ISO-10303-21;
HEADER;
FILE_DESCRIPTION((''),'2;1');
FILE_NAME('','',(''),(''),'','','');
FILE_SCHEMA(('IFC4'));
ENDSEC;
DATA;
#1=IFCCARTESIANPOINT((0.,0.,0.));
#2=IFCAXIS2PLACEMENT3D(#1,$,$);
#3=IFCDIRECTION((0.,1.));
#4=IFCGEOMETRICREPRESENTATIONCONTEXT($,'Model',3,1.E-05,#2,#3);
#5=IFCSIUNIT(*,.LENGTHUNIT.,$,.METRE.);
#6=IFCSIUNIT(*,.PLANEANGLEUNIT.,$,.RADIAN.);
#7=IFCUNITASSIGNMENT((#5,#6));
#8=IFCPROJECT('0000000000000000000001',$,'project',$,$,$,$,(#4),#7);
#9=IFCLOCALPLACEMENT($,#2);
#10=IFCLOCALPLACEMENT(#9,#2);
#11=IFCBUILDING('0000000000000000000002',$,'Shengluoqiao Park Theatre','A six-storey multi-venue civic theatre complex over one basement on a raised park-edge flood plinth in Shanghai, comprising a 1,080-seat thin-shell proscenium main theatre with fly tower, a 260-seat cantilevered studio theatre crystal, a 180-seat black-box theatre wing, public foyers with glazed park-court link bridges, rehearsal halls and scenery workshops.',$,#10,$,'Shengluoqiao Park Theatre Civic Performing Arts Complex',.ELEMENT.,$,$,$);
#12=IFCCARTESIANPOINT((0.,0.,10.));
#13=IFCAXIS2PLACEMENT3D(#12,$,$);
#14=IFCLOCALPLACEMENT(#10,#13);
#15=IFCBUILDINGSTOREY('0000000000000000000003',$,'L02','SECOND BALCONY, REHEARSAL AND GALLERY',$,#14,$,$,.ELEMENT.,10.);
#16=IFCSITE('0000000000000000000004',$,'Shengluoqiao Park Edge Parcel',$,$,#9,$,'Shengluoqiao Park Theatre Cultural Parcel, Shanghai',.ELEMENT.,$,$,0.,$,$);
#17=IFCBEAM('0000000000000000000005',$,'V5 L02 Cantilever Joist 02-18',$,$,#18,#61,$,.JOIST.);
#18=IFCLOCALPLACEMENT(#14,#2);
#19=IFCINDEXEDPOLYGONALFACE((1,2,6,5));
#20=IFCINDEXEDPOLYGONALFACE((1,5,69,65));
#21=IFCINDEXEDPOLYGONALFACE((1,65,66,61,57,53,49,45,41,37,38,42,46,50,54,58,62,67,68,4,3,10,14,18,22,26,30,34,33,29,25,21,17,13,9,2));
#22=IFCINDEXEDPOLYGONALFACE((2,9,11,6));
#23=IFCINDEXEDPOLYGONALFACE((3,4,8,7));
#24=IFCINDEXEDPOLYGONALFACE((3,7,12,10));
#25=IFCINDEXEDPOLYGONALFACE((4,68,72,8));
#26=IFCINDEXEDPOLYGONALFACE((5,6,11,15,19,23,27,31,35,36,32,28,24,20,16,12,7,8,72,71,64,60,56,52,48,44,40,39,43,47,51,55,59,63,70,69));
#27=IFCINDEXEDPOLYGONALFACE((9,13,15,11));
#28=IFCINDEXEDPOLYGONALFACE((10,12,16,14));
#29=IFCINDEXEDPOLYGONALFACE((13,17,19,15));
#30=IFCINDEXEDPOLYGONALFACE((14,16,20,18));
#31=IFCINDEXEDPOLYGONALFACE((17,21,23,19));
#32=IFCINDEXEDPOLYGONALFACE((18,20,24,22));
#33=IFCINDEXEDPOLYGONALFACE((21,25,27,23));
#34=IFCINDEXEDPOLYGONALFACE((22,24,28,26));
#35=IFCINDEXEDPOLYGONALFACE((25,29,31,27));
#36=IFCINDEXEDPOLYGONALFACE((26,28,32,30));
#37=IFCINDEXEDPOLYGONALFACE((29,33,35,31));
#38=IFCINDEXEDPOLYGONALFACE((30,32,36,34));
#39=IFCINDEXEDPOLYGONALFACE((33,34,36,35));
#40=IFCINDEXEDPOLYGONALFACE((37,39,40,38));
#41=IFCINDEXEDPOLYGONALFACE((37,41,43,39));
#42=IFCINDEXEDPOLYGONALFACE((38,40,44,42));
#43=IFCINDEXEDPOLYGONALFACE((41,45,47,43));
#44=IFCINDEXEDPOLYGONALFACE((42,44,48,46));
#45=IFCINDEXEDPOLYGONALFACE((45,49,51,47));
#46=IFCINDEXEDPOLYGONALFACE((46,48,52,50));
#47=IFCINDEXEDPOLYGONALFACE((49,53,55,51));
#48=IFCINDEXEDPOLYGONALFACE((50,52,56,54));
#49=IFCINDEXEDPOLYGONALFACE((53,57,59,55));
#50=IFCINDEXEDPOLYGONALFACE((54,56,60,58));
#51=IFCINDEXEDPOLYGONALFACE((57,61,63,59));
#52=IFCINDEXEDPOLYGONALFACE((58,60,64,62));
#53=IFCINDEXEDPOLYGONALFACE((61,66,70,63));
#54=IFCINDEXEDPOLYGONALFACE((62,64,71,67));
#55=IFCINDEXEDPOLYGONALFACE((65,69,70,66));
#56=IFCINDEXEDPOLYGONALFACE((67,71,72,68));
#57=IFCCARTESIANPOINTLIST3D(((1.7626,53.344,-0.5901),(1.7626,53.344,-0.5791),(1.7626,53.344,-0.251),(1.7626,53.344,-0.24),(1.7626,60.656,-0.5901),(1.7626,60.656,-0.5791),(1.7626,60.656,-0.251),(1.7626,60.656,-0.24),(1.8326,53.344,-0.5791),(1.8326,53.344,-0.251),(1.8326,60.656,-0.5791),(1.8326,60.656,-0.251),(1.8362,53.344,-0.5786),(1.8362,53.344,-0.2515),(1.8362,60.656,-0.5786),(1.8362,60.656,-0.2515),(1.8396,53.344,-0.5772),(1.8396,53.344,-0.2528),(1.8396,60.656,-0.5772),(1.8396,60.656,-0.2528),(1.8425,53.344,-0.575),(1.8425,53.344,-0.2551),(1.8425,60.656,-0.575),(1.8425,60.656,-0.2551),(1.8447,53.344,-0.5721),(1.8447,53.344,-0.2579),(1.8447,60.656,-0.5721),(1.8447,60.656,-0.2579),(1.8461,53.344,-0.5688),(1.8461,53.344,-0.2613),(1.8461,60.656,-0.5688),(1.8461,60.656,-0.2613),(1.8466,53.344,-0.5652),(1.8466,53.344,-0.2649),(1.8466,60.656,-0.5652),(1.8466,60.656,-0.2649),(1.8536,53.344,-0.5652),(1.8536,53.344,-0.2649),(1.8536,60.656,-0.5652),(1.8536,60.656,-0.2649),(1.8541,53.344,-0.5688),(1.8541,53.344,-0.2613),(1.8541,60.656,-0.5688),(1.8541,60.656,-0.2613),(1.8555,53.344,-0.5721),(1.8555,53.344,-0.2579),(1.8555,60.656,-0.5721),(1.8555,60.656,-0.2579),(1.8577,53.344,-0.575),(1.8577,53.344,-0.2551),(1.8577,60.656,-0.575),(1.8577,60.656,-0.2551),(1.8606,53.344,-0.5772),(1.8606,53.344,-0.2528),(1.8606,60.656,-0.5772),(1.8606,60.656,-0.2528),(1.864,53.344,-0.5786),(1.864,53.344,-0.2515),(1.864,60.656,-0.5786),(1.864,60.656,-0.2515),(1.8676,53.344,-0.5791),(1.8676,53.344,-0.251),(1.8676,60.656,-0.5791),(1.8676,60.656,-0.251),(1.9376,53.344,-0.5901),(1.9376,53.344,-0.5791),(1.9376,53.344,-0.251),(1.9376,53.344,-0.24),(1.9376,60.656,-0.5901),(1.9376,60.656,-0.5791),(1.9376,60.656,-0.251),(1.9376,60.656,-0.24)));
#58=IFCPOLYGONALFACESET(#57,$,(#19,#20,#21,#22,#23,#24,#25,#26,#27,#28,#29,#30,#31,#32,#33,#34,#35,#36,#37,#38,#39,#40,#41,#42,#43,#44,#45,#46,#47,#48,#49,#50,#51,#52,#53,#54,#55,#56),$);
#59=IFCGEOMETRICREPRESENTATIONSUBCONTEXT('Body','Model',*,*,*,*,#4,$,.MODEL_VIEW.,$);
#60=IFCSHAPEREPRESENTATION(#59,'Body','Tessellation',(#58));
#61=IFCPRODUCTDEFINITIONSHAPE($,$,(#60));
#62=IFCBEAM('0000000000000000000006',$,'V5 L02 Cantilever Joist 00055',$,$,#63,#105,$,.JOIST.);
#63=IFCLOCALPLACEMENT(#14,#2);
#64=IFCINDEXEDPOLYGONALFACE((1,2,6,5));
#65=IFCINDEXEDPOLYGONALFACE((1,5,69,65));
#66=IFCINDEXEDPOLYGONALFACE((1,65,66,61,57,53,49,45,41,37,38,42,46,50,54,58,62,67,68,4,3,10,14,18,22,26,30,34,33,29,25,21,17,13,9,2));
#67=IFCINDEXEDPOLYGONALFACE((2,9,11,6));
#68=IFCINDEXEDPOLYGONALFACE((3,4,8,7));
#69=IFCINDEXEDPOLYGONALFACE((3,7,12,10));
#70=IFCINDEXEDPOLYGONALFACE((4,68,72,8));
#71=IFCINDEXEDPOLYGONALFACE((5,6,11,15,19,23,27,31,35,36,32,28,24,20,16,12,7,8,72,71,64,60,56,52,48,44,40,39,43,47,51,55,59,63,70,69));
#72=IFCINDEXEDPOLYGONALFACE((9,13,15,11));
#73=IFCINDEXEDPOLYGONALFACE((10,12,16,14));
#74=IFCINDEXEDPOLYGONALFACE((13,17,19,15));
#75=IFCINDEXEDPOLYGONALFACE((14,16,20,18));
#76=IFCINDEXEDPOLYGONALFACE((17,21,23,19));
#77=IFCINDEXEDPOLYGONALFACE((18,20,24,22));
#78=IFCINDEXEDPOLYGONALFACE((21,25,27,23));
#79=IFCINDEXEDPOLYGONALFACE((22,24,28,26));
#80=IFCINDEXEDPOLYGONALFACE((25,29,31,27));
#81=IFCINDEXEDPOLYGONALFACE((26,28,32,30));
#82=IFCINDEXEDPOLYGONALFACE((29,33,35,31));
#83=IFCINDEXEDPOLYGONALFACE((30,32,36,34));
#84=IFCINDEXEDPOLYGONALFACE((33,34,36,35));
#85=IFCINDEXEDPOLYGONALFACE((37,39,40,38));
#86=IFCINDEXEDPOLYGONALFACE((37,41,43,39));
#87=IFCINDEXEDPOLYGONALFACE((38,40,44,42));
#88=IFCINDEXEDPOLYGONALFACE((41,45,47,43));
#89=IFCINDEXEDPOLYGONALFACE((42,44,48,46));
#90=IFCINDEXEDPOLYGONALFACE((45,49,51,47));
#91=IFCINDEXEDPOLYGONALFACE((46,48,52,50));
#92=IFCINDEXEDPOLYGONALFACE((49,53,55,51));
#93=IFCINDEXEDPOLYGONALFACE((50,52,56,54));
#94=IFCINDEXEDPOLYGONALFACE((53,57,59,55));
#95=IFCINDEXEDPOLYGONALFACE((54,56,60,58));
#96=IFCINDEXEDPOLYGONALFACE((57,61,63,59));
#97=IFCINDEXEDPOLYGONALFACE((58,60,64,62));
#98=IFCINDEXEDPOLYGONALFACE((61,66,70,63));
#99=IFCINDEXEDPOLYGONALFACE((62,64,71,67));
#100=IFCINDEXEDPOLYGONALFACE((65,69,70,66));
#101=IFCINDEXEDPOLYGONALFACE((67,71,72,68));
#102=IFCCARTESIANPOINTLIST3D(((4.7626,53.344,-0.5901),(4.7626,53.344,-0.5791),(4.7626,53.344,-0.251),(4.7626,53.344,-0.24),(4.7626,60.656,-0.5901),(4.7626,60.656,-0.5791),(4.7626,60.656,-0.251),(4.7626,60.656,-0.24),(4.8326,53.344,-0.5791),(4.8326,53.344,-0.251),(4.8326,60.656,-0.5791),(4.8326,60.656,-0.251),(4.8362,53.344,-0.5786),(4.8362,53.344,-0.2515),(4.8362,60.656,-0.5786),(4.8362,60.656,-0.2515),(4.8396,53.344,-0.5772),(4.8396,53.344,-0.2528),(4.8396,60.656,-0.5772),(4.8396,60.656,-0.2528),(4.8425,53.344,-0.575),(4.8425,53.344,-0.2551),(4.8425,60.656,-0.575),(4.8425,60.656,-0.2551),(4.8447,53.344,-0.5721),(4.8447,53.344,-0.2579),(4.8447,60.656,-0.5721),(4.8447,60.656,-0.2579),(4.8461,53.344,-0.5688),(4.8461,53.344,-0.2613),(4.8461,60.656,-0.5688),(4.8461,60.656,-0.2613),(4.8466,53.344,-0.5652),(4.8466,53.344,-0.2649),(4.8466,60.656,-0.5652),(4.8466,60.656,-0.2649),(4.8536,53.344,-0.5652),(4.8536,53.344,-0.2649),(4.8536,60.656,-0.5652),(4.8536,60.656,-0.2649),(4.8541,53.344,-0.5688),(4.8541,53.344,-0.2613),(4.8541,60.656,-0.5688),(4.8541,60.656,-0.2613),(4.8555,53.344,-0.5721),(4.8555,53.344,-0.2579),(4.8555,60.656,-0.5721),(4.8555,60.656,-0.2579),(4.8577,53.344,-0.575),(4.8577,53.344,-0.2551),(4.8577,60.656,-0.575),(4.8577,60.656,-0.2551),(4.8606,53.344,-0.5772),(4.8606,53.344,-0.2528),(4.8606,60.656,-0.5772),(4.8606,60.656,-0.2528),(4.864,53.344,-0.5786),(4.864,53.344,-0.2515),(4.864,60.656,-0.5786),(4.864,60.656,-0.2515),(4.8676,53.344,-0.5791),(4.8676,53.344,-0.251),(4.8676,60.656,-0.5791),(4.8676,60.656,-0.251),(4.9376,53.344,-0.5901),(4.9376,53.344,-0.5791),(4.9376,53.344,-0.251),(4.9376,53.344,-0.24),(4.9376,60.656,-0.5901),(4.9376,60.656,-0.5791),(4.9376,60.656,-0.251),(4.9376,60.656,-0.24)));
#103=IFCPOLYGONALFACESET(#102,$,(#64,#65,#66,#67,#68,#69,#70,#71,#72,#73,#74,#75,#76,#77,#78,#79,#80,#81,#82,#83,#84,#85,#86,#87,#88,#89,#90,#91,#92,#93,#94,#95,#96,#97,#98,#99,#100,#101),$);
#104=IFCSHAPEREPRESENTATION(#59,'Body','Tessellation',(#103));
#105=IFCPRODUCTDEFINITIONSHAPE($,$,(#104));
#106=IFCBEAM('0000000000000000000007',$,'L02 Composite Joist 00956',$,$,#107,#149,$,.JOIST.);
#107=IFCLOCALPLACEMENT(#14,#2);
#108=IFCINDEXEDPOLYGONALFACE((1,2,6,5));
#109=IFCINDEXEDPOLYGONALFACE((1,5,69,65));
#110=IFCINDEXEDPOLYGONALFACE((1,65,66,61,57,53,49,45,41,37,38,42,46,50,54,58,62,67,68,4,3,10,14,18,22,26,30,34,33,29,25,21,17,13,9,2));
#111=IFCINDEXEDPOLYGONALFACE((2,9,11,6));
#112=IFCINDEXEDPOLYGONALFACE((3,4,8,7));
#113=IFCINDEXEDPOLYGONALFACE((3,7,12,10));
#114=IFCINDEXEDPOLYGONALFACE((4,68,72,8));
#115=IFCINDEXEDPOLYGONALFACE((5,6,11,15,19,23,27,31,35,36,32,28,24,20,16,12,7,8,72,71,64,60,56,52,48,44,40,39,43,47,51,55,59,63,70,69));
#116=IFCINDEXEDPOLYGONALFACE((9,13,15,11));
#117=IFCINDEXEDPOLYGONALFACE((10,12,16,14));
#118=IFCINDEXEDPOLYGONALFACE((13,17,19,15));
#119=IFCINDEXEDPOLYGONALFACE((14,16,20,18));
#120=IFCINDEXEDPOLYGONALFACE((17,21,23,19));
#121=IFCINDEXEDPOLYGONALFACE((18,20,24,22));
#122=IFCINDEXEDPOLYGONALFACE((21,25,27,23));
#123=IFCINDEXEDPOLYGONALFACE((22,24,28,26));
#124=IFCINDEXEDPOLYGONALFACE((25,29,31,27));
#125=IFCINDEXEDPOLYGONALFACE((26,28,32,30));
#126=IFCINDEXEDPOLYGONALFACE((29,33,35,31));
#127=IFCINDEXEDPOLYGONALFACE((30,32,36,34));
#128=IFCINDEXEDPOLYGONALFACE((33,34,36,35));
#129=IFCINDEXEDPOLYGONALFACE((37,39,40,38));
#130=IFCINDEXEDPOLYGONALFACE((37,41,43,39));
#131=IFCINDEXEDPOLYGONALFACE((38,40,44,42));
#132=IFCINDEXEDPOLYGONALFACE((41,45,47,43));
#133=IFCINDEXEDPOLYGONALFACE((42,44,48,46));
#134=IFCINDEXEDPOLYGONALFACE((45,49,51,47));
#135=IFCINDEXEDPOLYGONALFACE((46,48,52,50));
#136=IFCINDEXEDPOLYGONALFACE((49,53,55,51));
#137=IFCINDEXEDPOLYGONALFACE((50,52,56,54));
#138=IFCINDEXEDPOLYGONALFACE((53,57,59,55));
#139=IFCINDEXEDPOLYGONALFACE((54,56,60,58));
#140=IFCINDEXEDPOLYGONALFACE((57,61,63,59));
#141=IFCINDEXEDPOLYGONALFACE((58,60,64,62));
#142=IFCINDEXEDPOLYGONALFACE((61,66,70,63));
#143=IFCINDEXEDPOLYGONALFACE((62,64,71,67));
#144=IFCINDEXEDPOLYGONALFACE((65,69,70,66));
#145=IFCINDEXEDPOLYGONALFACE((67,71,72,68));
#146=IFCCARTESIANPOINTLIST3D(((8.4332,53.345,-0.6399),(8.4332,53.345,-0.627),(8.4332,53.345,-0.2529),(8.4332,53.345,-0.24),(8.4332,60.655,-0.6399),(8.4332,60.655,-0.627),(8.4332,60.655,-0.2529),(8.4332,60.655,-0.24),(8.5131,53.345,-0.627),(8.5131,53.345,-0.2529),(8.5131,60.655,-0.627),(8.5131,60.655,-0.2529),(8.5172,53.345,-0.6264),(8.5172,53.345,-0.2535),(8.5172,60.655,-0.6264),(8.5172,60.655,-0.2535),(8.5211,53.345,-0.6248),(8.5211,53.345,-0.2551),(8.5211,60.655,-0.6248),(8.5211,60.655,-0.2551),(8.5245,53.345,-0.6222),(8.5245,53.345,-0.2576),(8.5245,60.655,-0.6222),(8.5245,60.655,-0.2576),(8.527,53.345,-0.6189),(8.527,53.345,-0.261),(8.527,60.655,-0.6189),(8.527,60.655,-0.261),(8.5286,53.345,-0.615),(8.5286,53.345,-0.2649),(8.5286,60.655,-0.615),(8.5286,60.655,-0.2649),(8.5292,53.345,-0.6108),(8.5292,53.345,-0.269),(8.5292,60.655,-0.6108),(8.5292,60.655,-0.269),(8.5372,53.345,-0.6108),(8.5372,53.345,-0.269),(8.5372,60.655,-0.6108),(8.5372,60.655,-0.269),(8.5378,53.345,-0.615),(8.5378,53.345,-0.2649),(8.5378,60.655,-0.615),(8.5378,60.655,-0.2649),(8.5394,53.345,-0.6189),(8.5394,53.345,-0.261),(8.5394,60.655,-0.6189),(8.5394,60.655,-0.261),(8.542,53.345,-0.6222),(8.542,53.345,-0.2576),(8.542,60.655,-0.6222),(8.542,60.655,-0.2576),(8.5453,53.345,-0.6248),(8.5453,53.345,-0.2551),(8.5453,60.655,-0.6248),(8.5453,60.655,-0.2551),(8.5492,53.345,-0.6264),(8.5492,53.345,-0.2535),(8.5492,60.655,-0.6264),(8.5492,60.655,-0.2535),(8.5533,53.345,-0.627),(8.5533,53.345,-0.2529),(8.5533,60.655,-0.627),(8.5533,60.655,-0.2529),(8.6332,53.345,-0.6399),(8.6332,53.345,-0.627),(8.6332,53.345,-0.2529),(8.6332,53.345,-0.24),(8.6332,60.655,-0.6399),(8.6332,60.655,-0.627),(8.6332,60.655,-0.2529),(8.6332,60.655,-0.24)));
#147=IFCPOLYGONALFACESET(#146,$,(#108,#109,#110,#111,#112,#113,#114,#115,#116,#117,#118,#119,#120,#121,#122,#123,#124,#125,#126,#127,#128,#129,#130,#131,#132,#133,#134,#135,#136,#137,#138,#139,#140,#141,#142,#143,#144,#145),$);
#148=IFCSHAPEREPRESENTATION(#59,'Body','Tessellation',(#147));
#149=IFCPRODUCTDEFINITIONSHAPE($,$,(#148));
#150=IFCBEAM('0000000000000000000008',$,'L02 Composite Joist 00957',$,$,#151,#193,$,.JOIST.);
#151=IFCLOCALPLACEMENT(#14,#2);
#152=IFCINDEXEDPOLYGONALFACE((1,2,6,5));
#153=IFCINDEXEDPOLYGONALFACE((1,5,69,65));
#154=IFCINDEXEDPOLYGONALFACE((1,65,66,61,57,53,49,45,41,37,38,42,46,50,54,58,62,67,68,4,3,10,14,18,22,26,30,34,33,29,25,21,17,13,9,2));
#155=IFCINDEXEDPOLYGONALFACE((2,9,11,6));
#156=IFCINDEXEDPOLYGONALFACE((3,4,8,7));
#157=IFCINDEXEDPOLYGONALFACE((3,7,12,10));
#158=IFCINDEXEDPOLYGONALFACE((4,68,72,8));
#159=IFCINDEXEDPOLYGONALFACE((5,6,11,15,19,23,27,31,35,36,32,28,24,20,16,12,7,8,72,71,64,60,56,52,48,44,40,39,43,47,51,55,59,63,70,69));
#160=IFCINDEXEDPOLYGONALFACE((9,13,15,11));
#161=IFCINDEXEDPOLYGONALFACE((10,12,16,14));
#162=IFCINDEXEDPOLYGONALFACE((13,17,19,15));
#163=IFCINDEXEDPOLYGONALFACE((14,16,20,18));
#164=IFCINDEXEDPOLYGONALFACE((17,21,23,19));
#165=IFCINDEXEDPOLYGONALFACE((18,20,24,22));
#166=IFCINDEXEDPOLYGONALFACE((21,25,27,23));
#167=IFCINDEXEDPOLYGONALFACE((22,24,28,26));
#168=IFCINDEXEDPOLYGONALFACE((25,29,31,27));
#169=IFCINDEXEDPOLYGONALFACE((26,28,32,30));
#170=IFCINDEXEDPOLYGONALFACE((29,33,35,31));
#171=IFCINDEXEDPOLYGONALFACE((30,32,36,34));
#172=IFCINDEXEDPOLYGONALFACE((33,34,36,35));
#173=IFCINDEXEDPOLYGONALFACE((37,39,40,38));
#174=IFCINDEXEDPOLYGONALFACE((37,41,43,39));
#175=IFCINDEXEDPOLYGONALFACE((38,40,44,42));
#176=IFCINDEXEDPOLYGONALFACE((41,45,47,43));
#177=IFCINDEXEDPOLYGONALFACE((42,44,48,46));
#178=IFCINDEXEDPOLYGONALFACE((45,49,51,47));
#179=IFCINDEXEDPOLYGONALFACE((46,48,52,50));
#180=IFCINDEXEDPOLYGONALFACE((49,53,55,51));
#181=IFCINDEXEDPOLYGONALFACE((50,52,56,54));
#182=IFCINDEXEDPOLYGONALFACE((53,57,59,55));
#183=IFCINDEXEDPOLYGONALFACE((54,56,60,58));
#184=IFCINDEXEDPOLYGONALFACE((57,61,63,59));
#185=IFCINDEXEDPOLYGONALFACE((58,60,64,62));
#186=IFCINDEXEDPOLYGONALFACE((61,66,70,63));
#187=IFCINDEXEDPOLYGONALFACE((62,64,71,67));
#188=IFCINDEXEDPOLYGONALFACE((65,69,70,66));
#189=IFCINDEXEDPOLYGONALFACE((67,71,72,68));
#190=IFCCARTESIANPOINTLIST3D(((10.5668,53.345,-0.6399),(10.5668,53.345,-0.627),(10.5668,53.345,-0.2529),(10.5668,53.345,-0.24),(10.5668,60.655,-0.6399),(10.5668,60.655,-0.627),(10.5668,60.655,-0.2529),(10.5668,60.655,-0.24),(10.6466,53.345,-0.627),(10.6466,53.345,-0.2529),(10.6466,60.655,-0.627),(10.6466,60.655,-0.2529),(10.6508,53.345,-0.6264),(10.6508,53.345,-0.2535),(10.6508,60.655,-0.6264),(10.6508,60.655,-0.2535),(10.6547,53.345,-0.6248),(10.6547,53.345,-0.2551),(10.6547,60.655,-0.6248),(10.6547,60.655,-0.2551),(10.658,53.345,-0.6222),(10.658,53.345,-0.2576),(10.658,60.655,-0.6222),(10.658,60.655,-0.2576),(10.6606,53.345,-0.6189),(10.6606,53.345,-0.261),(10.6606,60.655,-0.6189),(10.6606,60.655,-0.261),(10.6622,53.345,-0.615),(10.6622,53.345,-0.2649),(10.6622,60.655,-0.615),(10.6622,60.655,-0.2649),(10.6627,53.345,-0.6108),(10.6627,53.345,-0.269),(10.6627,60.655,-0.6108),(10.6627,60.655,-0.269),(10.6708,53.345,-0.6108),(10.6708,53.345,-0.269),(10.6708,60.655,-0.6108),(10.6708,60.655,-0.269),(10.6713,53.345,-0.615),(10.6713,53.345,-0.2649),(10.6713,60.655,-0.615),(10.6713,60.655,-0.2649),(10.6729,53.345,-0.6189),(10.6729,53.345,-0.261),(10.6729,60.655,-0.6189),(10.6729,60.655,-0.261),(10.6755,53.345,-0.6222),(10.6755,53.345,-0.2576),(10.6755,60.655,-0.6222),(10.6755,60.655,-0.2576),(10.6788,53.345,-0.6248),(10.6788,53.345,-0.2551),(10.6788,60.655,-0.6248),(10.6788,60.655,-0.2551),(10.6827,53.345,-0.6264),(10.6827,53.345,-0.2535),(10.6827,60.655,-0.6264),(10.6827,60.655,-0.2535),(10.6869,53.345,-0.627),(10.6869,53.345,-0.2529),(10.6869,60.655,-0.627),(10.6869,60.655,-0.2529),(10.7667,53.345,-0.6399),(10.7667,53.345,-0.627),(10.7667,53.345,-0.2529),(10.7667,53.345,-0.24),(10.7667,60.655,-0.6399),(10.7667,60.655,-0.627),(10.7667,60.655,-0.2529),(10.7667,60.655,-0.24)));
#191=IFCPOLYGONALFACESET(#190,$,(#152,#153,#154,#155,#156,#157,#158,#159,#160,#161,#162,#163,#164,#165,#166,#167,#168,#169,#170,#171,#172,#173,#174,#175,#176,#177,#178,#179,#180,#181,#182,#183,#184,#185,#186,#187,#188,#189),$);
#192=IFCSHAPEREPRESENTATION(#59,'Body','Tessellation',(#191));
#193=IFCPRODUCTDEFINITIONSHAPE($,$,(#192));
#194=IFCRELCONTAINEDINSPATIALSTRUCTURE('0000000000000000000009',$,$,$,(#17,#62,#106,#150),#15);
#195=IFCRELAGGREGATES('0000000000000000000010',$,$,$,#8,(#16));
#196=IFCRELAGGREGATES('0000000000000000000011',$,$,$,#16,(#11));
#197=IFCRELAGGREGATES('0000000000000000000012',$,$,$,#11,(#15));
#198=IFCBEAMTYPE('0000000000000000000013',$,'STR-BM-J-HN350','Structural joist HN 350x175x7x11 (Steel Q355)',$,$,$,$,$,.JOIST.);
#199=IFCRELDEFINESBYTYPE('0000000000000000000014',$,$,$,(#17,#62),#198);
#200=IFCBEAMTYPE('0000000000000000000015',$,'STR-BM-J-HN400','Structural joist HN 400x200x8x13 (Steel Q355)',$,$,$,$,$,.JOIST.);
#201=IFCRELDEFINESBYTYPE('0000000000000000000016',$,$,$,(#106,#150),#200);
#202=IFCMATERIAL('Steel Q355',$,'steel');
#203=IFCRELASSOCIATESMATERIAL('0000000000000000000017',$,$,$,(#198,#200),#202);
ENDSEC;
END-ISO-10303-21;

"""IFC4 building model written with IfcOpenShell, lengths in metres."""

from ifc_helpers import new_model, si_unit, direction, frame, origin, origin_2d, place, context, subcontext, project, spatial, i_section, extrude, material, material_profile, profile_set, type_object, element, save


model = new_model("IFC4")

# Units and contexts
model_context = context("Model", 3, precision=1e-05, world=origin(), true_north=direction((0.0, 1.0)))
body_context = subcontext(model_context, "Body", "Model", "MODEL_VIEW")
ifc_project = project(units=[si_unit("LENGTHUNIT", "METRE"), si_unit("PLANEANGLEUNIT", "RADIAN")], contexts=[model_context])

# Site, building, storey
site_placement = place(None, origin())
site = spatial("IfcSite", under=ifc_project, at=site_placement, Name="Shengluoqiao Park Edge Parcel", LongName="Shengluoqiao Park Theatre Cultural Parcel, Shanghai", CompositionType="ELEMENT", RefElevation=0.0)
building_placement = place(site_placement, origin())
building = spatial("IfcBuilding", under=site, at=building_placement, Name="Shengluoqiao Park Theatre", Description="A six-storey multi-venue civic theatre complex over one basement on a raised park-edge flood plinth in Shanghai, comprising a 1,080-seat thin-shell proscenium main theatre with fly tower, a 260-seat cantilevered studio theatre crystal, a 180-seat black-box theatre wing, public foyers with glazed park-court link bridges, rehearsal halls and scenery workshops.", LongName="Shengluoqiao Park Theatre Civic Performing Arts Complex", CompositionType="ELEMENT")
storey_placement = place(building_placement, frame((0.0, 0.0, 10.0)))
storey = spatial("IfcBuildingStorey", under=building, at=storey_placement, Name="L02", Description="SECOND BALCONY, REHEARSAL AND GALLERY", CompositionType="ELEMENT", Elevation=10.0)

# Shared definitions
ifc_material_1 = material(Name="Steel Q355", Category="steel")

# Beams
ifc_material_profile_1 = material_profile(ifc_material_1, i_section(OverallWidth=0.175, OverallDepth=0.3501, WebThickness=0.0071, FlangeThickness=0.011, FilletRadius=0.0139, at=origin_2d()), Name="HN 350x175x7x11")
ifc_profile_set_1 = profile_set([ifc_material_profile_1], Name="Steel Q355")
beam_type_1 = type_object("IfcBeamType", Name="STR-BM-J-HN350", Description="Structural joist HN 350x175x7x11 (Steel Q355)", PredefinedType="JOIST", material=ifc_profile_set_1)
for number, where, z_axis, x_axis, name in (
    (1, (1.8501, 53.344, -0.415), (0.0, 1.0, 0.0), (-1.0, 0.0, 0.0), "V5 L02 Cantilever Joist 02-18"),
    (2, (4.8501, 53.344, -0.415), (0.0, 1.0, 0.0), (-1.0, 0.0, 0.0), "V5 L02 Cantilever Joist 00055"),
):
    element("IfcBeam", number, at=place(storey_placement, frame(where, z_axis=z_axis, x_axis=x_axis)), inside=storey, type_object=beam_type_1, Name=name, PredefinedType="JOIST", context=body_context, shape_type="SweptSolid", body=[
        extrude(i_section(OverallWidth=0.175, OverallDepth=0.3501, WebThickness=0.0071, FlangeThickness=0.011, FilletRadius=0.0139, at=origin_2d()), origin(), (0.0, 0.0, 1.0), 7.312),
    ])
ifc_material_profile_2 = material_profile(ifc_material_1, i_section(OverallWidth=0.2, OverallDepth=0.3999, WebThickness=0.0081, FlangeThickness=0.0129, FilletRadius=0.0161, at=origin_2d()), Name="HN 400x200x8x13")
ifc_profile_set_2 = profile_set([ifc_material_profile_2], Name="Steel Q355")
beam_type_2 = type_object("IfcBeamType", Name="STR-BM-J-HN400", Description="Structural joist HN 400x200x8x13 (Steel Q355)", PredefinedType="JOIST", material=ifc_profile_set_2)
for number, where, z_axis, x_axis, name in (
    (3, (8.5332, 53.345, -0.4399), (0.0, 1.0, 0.0), (-1.0, 0.0, 0.0), "L02 Composite Joist 00956"),
    (4, (10.6667, 53.345, -0.4399), (0.0, 1.0, 0.0), (-1.0, 0.0, 0.0), "L02 Composite Joist 00957"),
):
    element("IfcBeam", number, at=place(storey_placement, frame(where, z_axis=z_axis, x_axis=x_axis)), inside=storey, type_object=beam_type_2, Name=name, PredefinedType="JOIST", context=body_context, shape_type="SweptSolid", body=[
        extrude(i_section(OverallWidth=0.2, OverallDepth=0.3999, WebThickness=0.0081, FlangeThickness=0.0129, FilletRadius=0.0161, at=origin_2d()), origin(), (0.0, 0.0, 1.0), 7.3101),
    ])

save(model, "model.ifc")
